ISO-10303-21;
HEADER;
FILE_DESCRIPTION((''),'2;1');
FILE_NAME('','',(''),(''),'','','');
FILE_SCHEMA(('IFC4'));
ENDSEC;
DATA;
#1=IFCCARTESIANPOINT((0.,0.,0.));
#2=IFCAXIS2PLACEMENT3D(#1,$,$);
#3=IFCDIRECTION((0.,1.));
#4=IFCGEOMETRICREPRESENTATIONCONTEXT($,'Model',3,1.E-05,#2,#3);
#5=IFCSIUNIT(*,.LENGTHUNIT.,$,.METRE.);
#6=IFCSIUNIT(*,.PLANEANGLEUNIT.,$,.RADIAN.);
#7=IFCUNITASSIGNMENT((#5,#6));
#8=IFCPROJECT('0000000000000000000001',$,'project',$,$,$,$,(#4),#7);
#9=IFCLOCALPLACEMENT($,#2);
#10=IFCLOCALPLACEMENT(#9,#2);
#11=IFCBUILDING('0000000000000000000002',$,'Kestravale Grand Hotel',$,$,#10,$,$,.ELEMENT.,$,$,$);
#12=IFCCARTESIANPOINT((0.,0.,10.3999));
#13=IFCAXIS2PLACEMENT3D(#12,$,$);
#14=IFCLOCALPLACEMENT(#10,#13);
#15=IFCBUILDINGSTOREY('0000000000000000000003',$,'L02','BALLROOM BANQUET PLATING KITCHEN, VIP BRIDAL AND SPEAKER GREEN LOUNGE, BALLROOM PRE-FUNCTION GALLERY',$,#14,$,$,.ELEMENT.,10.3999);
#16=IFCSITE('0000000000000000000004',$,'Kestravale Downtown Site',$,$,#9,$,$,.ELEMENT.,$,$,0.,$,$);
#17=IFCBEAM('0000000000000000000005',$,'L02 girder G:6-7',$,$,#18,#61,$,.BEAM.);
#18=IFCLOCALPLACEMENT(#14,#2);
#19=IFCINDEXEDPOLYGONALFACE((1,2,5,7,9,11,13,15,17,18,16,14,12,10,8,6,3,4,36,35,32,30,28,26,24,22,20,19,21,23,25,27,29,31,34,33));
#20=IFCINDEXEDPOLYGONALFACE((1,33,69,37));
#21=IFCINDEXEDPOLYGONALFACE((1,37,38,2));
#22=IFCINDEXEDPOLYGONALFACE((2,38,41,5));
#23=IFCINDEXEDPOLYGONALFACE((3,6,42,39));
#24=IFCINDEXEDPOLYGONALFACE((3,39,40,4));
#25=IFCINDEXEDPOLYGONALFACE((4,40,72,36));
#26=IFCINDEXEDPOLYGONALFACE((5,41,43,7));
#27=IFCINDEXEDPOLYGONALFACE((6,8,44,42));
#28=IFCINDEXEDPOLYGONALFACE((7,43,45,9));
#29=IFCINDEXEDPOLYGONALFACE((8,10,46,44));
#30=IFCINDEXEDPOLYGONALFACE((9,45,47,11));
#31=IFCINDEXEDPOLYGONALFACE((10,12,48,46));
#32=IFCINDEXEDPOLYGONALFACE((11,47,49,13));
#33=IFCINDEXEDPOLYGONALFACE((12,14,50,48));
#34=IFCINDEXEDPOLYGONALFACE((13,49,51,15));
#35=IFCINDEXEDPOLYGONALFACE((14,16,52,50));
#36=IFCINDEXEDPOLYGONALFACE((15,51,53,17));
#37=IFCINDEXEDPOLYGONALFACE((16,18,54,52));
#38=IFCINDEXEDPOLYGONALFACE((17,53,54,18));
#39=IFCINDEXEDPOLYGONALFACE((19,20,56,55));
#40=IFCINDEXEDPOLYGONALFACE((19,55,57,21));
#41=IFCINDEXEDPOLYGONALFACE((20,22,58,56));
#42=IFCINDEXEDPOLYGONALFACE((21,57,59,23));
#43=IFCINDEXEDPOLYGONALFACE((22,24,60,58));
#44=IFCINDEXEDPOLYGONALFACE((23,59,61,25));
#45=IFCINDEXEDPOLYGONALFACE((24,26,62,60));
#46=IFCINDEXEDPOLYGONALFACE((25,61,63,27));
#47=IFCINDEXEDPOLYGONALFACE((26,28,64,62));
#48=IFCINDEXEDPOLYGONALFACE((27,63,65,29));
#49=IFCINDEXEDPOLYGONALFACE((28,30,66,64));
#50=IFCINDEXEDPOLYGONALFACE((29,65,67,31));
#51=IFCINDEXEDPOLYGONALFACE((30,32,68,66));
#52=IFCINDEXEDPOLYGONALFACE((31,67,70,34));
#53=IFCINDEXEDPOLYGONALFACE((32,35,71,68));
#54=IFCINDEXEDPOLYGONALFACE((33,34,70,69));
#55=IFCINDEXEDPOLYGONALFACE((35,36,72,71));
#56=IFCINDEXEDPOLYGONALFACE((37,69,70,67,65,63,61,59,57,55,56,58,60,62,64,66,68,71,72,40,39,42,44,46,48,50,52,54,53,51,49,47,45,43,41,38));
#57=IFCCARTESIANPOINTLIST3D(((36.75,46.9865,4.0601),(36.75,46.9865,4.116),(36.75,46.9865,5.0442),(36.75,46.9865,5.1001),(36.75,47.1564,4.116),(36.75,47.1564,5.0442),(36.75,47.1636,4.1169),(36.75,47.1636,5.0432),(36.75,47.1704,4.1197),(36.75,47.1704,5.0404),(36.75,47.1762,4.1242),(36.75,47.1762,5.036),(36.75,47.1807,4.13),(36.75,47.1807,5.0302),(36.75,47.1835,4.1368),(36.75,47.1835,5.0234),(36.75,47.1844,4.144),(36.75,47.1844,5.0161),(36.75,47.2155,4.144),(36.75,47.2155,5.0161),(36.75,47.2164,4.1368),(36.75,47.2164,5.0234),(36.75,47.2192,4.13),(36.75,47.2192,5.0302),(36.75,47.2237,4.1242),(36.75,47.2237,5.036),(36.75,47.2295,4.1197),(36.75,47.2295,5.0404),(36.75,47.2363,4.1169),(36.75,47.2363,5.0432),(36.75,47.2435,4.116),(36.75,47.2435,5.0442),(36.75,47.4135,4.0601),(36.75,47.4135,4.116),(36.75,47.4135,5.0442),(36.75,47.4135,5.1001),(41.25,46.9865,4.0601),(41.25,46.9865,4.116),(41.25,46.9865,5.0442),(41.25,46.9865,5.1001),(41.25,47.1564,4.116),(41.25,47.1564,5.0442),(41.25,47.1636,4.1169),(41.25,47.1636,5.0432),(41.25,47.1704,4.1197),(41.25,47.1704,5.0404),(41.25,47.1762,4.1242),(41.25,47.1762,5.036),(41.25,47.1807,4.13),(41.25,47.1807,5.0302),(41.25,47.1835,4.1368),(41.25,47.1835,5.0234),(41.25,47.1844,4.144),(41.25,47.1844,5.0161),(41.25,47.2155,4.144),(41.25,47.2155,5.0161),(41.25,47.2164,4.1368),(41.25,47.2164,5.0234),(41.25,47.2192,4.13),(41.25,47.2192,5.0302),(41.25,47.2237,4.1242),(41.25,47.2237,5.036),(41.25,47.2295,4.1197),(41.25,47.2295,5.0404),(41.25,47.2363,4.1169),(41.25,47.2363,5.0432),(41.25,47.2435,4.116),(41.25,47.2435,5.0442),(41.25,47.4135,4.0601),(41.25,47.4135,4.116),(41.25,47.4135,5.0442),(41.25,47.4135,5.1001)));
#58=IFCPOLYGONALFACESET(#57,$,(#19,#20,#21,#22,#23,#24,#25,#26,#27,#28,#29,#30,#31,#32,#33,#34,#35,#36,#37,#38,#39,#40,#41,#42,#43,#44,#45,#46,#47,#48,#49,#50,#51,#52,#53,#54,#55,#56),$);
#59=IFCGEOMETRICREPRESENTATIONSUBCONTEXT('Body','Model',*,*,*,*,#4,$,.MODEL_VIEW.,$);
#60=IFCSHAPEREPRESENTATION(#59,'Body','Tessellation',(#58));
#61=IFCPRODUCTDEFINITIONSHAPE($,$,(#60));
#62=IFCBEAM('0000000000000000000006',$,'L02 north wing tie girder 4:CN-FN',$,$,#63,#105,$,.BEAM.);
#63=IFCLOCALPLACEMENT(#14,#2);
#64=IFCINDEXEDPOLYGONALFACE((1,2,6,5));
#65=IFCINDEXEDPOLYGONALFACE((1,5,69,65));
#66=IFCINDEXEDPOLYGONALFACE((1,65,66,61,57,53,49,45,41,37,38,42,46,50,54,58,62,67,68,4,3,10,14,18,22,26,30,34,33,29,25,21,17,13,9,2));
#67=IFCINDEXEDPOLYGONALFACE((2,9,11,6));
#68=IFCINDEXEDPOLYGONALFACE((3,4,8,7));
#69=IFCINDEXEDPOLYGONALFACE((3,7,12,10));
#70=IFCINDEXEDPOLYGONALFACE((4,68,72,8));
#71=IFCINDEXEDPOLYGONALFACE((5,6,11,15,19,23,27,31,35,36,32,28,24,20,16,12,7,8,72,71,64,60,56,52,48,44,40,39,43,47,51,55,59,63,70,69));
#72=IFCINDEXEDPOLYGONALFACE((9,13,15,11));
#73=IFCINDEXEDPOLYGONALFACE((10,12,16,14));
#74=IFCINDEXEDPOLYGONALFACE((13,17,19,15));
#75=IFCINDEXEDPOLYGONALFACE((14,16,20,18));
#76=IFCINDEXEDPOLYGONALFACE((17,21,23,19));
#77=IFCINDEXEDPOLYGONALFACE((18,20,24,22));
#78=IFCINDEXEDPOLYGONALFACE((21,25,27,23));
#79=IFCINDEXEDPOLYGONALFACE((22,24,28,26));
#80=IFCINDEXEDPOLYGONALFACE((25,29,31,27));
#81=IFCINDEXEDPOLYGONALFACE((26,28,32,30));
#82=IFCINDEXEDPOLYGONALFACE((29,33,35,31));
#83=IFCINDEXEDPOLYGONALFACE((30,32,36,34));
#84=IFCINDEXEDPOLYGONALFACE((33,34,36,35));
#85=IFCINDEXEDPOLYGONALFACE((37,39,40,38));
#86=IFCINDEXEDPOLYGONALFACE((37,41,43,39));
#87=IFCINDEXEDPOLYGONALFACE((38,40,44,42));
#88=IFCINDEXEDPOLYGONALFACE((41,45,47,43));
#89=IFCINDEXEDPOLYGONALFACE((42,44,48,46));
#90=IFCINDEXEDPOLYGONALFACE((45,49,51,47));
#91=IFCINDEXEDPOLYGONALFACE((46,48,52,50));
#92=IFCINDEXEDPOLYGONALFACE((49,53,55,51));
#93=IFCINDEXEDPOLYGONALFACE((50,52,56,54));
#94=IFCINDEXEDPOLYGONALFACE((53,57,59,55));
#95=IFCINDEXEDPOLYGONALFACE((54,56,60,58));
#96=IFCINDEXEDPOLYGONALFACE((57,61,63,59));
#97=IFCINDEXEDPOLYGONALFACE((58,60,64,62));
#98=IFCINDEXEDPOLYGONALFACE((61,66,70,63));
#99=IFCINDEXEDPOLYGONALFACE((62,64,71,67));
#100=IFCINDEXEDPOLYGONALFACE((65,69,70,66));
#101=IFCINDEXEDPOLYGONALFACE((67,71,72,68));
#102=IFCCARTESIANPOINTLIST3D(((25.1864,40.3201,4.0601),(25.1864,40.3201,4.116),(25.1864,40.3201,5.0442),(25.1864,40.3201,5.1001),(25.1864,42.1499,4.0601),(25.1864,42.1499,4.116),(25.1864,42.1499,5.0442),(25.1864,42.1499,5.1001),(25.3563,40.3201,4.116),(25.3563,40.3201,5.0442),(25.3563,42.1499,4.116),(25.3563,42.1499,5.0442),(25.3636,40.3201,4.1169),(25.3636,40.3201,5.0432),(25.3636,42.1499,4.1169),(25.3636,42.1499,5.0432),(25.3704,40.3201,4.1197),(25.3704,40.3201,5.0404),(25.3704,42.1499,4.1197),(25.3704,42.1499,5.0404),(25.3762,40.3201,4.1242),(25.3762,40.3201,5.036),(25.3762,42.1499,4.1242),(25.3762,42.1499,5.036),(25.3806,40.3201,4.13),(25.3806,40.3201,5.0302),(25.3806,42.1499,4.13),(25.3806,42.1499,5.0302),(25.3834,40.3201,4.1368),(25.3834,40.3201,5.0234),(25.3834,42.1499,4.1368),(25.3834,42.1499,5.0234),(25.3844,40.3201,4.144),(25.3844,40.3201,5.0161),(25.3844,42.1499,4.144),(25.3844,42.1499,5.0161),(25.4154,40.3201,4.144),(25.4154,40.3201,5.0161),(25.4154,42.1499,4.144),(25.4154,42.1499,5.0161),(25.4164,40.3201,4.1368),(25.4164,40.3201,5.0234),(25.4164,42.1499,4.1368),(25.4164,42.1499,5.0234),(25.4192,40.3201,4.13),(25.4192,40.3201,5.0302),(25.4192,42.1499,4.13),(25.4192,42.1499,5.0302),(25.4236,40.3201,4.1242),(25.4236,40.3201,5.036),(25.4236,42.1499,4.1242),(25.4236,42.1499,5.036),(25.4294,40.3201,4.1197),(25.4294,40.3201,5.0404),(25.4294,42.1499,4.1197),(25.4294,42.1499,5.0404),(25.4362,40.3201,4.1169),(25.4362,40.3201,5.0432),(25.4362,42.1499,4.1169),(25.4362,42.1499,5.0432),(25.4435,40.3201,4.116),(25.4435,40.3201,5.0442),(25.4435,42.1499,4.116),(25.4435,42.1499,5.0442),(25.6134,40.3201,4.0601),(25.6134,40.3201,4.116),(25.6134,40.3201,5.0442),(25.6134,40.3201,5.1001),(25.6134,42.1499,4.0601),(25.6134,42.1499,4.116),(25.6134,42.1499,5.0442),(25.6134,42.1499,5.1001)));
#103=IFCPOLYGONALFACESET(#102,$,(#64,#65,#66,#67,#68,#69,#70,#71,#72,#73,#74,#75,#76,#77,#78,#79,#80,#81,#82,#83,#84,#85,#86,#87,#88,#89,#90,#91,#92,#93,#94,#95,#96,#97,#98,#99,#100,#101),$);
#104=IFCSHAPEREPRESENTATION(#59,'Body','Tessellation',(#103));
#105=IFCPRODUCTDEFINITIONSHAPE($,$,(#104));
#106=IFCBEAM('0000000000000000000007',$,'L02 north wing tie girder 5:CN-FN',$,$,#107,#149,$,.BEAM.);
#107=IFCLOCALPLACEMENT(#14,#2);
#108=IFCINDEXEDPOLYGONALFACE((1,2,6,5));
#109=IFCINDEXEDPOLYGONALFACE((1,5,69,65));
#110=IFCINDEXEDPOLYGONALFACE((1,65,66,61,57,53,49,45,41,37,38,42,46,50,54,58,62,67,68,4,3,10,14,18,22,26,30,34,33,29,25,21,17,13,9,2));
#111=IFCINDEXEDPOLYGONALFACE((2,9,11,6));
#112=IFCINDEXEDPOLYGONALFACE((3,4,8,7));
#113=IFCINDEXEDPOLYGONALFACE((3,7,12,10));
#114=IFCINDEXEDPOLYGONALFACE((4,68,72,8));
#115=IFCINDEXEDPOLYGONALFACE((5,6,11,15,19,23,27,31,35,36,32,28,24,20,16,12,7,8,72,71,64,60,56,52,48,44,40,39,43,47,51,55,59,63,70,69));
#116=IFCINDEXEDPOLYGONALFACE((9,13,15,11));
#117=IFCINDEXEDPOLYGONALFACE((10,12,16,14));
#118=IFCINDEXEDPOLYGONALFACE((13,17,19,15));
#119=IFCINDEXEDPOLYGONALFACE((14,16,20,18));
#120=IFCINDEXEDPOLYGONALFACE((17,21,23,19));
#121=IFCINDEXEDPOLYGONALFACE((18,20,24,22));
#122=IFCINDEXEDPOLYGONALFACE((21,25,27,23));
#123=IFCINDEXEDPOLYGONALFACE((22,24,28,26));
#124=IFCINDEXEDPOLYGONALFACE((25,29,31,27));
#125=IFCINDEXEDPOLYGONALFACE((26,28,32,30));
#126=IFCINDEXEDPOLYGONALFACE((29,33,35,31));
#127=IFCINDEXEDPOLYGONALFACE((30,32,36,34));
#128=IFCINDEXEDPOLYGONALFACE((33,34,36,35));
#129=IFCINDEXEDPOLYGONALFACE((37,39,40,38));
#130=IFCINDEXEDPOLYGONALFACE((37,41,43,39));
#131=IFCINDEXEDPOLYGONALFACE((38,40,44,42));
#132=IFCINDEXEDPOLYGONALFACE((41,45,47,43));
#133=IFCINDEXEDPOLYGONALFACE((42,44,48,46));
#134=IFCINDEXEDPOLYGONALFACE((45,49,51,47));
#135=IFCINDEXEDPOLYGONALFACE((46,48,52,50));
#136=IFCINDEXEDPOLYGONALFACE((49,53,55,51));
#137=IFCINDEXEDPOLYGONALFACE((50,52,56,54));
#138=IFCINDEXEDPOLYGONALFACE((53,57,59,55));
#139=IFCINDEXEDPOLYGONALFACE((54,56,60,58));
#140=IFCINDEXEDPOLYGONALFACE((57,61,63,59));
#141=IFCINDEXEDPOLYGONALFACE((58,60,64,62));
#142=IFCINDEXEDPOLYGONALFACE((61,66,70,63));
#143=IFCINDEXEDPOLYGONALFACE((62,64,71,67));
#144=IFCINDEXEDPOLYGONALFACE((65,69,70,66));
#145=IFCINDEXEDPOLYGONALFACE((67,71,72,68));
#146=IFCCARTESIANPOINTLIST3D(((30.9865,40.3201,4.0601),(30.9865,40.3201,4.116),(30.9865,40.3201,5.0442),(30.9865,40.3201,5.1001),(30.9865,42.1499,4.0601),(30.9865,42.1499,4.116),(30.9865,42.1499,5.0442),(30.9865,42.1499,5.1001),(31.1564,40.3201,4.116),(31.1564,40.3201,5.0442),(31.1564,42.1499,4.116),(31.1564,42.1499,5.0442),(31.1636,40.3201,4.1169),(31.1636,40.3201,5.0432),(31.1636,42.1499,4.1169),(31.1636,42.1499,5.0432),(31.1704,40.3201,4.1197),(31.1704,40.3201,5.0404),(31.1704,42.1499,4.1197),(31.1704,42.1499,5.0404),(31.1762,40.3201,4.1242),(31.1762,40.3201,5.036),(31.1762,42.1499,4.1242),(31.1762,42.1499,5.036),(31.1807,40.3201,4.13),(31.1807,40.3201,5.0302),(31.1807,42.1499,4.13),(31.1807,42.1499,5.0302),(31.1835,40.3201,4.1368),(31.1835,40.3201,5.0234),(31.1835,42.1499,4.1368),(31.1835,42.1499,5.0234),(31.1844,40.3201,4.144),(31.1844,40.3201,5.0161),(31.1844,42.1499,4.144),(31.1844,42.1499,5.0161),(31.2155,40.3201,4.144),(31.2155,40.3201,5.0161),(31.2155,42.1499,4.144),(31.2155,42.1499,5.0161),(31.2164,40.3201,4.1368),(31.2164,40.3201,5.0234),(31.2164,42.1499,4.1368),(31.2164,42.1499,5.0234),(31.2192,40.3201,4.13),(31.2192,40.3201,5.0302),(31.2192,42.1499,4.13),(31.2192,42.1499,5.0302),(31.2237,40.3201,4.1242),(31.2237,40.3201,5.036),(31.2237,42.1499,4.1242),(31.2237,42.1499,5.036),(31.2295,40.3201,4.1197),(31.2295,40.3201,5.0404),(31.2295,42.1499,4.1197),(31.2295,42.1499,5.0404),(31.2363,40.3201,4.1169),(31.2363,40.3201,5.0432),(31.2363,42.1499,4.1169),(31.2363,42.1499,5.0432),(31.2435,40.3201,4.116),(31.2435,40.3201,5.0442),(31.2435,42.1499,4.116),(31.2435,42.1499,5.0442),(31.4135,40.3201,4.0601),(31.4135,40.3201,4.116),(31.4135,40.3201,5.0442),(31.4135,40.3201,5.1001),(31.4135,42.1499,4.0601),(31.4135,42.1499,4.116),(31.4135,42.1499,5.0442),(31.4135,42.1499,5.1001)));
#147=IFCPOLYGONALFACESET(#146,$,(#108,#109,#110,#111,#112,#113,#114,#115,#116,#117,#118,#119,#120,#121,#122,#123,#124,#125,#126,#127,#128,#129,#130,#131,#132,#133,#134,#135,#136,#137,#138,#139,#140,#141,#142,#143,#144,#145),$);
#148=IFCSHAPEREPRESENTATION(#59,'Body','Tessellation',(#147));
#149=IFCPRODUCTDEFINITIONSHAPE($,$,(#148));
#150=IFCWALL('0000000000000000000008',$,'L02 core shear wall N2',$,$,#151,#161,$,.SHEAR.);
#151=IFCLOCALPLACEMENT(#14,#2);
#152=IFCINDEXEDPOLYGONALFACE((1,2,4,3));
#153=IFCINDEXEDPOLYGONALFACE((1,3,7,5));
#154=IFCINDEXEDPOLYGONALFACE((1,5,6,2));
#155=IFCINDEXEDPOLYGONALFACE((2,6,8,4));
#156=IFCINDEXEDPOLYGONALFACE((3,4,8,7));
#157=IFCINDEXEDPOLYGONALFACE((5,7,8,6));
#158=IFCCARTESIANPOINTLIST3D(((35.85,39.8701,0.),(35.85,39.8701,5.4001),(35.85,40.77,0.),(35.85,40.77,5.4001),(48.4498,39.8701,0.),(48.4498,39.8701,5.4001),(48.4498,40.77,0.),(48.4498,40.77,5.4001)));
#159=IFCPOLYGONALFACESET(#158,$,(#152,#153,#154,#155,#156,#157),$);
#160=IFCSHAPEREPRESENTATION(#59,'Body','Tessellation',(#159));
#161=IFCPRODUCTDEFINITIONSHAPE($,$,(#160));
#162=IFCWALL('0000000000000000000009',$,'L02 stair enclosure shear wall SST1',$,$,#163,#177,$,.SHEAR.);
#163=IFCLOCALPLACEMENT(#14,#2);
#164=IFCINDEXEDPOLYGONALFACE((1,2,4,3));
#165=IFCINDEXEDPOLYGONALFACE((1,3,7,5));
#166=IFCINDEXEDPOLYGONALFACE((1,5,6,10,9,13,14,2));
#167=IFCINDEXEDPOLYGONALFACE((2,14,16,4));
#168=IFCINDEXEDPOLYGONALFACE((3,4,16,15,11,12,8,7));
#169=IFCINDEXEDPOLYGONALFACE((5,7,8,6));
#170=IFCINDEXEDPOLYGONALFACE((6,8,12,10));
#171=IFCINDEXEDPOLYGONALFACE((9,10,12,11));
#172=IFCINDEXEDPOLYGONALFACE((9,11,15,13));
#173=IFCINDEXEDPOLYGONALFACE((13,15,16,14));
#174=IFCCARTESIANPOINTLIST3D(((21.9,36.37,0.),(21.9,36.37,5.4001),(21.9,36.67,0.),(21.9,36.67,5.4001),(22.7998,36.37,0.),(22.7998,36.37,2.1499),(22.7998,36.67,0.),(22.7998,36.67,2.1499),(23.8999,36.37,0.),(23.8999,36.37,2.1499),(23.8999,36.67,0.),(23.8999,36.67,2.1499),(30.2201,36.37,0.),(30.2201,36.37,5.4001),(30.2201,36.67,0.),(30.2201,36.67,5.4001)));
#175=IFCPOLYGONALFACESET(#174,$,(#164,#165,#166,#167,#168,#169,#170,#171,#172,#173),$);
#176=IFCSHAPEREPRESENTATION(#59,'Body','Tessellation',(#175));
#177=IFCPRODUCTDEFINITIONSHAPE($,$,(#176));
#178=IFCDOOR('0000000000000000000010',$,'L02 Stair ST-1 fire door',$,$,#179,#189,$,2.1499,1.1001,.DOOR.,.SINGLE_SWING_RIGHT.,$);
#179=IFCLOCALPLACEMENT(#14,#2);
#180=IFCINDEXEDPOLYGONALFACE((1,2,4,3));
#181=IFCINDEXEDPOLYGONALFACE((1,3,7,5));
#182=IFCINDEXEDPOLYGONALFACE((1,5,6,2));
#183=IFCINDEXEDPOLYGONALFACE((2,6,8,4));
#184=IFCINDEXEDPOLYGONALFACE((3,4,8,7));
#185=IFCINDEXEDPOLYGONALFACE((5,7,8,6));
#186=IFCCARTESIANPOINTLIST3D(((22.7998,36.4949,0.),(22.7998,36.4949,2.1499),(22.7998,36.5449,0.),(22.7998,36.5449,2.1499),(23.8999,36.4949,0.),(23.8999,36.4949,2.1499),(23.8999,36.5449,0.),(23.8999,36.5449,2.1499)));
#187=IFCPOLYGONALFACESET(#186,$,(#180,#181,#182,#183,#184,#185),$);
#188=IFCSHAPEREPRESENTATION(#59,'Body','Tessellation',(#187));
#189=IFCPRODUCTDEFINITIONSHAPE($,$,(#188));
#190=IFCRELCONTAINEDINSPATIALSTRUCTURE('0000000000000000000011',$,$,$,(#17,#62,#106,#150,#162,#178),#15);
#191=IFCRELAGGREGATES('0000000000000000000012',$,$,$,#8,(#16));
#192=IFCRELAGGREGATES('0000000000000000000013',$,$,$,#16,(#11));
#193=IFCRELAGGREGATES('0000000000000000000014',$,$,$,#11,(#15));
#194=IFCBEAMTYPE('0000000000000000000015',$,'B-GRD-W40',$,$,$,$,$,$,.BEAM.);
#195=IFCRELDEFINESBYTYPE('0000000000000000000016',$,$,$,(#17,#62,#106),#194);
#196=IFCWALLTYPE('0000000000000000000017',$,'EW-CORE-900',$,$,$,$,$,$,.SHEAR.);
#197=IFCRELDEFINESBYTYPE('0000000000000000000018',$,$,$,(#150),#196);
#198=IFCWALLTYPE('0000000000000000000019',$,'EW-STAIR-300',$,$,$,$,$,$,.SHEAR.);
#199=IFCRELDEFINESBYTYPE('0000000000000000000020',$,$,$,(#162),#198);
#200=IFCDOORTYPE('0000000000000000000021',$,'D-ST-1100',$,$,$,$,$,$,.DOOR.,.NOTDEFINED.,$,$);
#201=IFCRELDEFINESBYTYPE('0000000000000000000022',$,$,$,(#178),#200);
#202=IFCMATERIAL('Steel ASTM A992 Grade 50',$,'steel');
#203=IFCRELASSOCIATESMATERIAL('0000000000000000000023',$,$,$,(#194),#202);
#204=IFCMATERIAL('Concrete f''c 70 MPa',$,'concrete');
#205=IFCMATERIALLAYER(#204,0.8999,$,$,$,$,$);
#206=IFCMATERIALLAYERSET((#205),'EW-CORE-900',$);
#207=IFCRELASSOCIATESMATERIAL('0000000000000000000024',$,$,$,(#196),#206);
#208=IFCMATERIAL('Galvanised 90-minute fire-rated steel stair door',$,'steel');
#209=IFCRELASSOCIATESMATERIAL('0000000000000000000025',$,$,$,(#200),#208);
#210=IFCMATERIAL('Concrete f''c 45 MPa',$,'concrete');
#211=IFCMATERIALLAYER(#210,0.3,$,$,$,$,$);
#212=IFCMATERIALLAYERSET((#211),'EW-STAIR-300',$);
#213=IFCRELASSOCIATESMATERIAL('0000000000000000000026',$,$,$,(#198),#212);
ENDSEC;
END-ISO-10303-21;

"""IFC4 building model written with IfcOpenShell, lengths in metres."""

from ifc_helpers import new_model, si_unit, direction, frame, frame_2d, origin, origin_2d, place, context, subcontext, project, spatial, rectangle, i_section, extrude, material, layer, layer_set, material_profile, profile_set, type_object, element, fill, save


model = new_model("IFC4")

# Units and contexts
model_context = context("Model", 3, precision=1e-05, world=origin(), true_north=direction((0.0, 1.0)))
body_context = subcontext(model_context, "Body", "Model", "MODEL_VIEW")
ifc_project = project(units=[si_unit("LENGTHUNIT", "METRE"), si_unit("PLANEANGLEUNIT", "RADIAN")], contexts=[model_context])

# Site, building, storey
site_placement = place(None, origin())
site = spatial("IfcSite", under=ifc_project, at=site_placement, Name="Kestravale Downtown Site", CompositionType="ELEMENT", RefElevation=0.0)
building_placement = place(site_placement, origin())
building = spatial("IfcBuilding", under=site, at=building_placement, Name="Kestravale Grand Hotel", CompositionType="ELEMENT")
storey_placement = place(building_placement, frame((0.0, 0.0, 10.3999)))
storey = spatial("IfcBuildingStorey", under=building, at=storey_placement, Name="L02", Description="BALLROOM BANQUET PLATING KITCHEN, VIP BRIDAL AND SPEAKER GREEN LOUNGE, BALLROOM PRE-FUNCTION GALLERY", CompositionType="ELEMENT", Elevation=10.3999)

# Beams
ifc_material_1 = material(Name="Steel ASTM A992 Grade 50", Category="steel")
ifc_material_profile_1 = material_profile(ifc_material_1, i_section(OverallWidth=0.427, OverallDepth=1.04, WebThickness=0.031, FlangeThickness=0.0559, FilletRadius=0.0281, at=origin_2d()))
ifc_profile_set_1 = profile_set([ifc_material_profile_1], Name="Steel ASTM A992 Grade 50")
beam_type_1 = type_object("IfcBeamType", Name="B-GRD-W40", PredefinedType="BEAM", material=ifc_profile_set_1)
beam_1_placement = place(storey_placement, frame((36.75, 47.2, 4.5801), z_axis=(1.0, 0.0, 0.0), x_axis=(0.0, 1.0, 0.0)))
element("IfcBeam", 1, at=beam_1_placement, inside=storey, type_object=beam_type_1, Name="L02 girder G:6-7", PredefinedType="BEAM", context=body_context, shape_type="SweptSolid", body=[
    extrude(i_section(OverallWidth=0.427, OverallDepth=1.04, WebThickness=0.031, FlangeThickness=0.0559, FilletRadius=0.0281, at=origin_2d()), origin(), (0.0, 0.0, 1.0), 4.5),
])
for number, where, z_axis, x_axis, name in (
    (2, (25.3999, 40.3201, 4.5801), (0.0, 1.0, 0.0), (-1.0, 0.0, 0.0), "L02 north wing tie girder 4:CN-FN"),
    (3, (31.2, 40.3201, 4.5801), (0.0, 1.0, 0.0), (-1.0, 0.0, 0.0), "L02 north wing tie girder 5:CN-FN"),
):
    element("IfcBeam", number, at=place(storey_placement, frame(where, z_axis=z_axis, x_axis=x_axis)), inside=storey, type_object=beam_type_1, Name=name, PredefinedType="BEAM", context=body_context, shape_type="SweptSolid", body=[
        extrude(i_section(OverallWidth=0.427, OverallDepth=1.04, WebThickness=0.031, FlangeThickness=0.0559, FilletRadius=0.0281, at=origin_2d()), origin(), (0.0, 0.0, 1.0), 1.8298),
    ])

# Wall
ifc_material_2 = material(Name="Concrete f'c 70 MPa", Category="concrete")
ifc_layer_1 = layer(ifc_material_2, 0.8999)
ifc_layer_set_1 = layer_set([ifc_layer_1], Name="EW-CORE-900")
wall_type_1 = type_object("IfcWallType", Name="EW-CORE-900", PredefinedType="SHEAR", material=ifc_layer_set_1)
wall_1_placement = place(storey_placement, frame((35.8501, 40.3201, 0.0), z_axis=(0.0, 0.0, 1.0), x_axis=(1.0, 0.0, 0.0)))
element("IfcWall", 4, at=wall_1_placement, inside=storey, type_object=wall_type_1, Name="L02 core shear wall N2", PredefinedType="SHEAR", context=body_context, shape_type="SweptSolid", body=[
    extrude(rectangle(XDim=12.5999, YDim=0.8999, at=frame_2d((6.2998, 0.0))), origin(), (0.0, 0.0, 1.0), 5.4001),
])

# Wall, opening, door
ifc_material_3 = material(Name="Galvanised 90-minute fire-rated steel stair door", Category="steel")
door_type_1 = type_object("IfcDoorType", Name="D-ST-1100", OperationType="NOTDEFINED", PredefinedType="DOOR", material=ifc_material_3)
ifc_material_4 = material(Name="Concrete f'c 45 MPa", Category="concrete")
ifc_layer_2 = layer(ifc_material_4, 0.3)
ifc_layer_set_2 = layer_set([ifc_layer_2], Name="EW-STAIR-300")
wall_type_2 = type_object("IfcWallType", Name="EW-STAIR-300", PredefinedType="SHEAR", material=ifc_layer_set_2)
wall_2_placement = place(storey_placement, frame((21.8999, 36.52, 0.0), z_axis=(0.0, 0.0, 1.0), x_axis=(1.0, 0.0, 0.0)))
wall_2 = element("IfcWall", 5, at=wall_2_placement, inside=storey, type_object=wall_type_2, Name="L02 stair enclosure shear wall SST1", PredefinedType="SHEAR", context=body_context, shape_type="SweptSolid", body=[
    extrude(rectangle(XDim=8.3201, YDim=0.3, at=frame_2d((4.1602, 0.0))), origin(), (0.0, 0.0, 1.0), 5.4001),
])
opening_1_placement = place(wall_2_placement, frame((0.8999, 0.0, 0.0)))
opening_1 = element("IfcOpeningElement", 6, at=opening_1_placement, cuts=wall_2, PredefinedType="OPENING", context=body_context, shape_type="SweptSolid", body=[
    extrude(rectangle(XDim=1.1001, YDim=2.1499, at=frame_2d((0.55, 1.075))), frame((0.0, 0.1599, 0.0), z_axis=(0.0, -1.0, 0.0), x_axis=(1.0, 0.0, 0.0)), (0.0, 0.0, 1.0), 0.3201),
])
door_1_placement = place(opening_1_placement, origin())
door_1 = element("IfcDoor", 7, at=door_1_placement, inside=storey, type_object=door_type_1, Name="L02 Stair ST-1 fire door", OperationType="SINGLE_SWING_RIGHT", OverallHeight=2.1499, OverallWidth=1.1001, PredefinedType="DOOR", context=body_context, shape_type="SweptSolid", body=[
    extrude(rectangle(XDim=1.1001, YDim=2.1499, at=frame_2d((0.55, 1.075))), frame((0.0, 0.0249, 0.0), z_axis=(0.0, -1.0, 0.0), x_axis=(1.0, 0.0, 0.0)), (0.0, 0.0, 1.0), 0.05),
])
fill(opening_1, door_1)

save(model, "model.ifc")
